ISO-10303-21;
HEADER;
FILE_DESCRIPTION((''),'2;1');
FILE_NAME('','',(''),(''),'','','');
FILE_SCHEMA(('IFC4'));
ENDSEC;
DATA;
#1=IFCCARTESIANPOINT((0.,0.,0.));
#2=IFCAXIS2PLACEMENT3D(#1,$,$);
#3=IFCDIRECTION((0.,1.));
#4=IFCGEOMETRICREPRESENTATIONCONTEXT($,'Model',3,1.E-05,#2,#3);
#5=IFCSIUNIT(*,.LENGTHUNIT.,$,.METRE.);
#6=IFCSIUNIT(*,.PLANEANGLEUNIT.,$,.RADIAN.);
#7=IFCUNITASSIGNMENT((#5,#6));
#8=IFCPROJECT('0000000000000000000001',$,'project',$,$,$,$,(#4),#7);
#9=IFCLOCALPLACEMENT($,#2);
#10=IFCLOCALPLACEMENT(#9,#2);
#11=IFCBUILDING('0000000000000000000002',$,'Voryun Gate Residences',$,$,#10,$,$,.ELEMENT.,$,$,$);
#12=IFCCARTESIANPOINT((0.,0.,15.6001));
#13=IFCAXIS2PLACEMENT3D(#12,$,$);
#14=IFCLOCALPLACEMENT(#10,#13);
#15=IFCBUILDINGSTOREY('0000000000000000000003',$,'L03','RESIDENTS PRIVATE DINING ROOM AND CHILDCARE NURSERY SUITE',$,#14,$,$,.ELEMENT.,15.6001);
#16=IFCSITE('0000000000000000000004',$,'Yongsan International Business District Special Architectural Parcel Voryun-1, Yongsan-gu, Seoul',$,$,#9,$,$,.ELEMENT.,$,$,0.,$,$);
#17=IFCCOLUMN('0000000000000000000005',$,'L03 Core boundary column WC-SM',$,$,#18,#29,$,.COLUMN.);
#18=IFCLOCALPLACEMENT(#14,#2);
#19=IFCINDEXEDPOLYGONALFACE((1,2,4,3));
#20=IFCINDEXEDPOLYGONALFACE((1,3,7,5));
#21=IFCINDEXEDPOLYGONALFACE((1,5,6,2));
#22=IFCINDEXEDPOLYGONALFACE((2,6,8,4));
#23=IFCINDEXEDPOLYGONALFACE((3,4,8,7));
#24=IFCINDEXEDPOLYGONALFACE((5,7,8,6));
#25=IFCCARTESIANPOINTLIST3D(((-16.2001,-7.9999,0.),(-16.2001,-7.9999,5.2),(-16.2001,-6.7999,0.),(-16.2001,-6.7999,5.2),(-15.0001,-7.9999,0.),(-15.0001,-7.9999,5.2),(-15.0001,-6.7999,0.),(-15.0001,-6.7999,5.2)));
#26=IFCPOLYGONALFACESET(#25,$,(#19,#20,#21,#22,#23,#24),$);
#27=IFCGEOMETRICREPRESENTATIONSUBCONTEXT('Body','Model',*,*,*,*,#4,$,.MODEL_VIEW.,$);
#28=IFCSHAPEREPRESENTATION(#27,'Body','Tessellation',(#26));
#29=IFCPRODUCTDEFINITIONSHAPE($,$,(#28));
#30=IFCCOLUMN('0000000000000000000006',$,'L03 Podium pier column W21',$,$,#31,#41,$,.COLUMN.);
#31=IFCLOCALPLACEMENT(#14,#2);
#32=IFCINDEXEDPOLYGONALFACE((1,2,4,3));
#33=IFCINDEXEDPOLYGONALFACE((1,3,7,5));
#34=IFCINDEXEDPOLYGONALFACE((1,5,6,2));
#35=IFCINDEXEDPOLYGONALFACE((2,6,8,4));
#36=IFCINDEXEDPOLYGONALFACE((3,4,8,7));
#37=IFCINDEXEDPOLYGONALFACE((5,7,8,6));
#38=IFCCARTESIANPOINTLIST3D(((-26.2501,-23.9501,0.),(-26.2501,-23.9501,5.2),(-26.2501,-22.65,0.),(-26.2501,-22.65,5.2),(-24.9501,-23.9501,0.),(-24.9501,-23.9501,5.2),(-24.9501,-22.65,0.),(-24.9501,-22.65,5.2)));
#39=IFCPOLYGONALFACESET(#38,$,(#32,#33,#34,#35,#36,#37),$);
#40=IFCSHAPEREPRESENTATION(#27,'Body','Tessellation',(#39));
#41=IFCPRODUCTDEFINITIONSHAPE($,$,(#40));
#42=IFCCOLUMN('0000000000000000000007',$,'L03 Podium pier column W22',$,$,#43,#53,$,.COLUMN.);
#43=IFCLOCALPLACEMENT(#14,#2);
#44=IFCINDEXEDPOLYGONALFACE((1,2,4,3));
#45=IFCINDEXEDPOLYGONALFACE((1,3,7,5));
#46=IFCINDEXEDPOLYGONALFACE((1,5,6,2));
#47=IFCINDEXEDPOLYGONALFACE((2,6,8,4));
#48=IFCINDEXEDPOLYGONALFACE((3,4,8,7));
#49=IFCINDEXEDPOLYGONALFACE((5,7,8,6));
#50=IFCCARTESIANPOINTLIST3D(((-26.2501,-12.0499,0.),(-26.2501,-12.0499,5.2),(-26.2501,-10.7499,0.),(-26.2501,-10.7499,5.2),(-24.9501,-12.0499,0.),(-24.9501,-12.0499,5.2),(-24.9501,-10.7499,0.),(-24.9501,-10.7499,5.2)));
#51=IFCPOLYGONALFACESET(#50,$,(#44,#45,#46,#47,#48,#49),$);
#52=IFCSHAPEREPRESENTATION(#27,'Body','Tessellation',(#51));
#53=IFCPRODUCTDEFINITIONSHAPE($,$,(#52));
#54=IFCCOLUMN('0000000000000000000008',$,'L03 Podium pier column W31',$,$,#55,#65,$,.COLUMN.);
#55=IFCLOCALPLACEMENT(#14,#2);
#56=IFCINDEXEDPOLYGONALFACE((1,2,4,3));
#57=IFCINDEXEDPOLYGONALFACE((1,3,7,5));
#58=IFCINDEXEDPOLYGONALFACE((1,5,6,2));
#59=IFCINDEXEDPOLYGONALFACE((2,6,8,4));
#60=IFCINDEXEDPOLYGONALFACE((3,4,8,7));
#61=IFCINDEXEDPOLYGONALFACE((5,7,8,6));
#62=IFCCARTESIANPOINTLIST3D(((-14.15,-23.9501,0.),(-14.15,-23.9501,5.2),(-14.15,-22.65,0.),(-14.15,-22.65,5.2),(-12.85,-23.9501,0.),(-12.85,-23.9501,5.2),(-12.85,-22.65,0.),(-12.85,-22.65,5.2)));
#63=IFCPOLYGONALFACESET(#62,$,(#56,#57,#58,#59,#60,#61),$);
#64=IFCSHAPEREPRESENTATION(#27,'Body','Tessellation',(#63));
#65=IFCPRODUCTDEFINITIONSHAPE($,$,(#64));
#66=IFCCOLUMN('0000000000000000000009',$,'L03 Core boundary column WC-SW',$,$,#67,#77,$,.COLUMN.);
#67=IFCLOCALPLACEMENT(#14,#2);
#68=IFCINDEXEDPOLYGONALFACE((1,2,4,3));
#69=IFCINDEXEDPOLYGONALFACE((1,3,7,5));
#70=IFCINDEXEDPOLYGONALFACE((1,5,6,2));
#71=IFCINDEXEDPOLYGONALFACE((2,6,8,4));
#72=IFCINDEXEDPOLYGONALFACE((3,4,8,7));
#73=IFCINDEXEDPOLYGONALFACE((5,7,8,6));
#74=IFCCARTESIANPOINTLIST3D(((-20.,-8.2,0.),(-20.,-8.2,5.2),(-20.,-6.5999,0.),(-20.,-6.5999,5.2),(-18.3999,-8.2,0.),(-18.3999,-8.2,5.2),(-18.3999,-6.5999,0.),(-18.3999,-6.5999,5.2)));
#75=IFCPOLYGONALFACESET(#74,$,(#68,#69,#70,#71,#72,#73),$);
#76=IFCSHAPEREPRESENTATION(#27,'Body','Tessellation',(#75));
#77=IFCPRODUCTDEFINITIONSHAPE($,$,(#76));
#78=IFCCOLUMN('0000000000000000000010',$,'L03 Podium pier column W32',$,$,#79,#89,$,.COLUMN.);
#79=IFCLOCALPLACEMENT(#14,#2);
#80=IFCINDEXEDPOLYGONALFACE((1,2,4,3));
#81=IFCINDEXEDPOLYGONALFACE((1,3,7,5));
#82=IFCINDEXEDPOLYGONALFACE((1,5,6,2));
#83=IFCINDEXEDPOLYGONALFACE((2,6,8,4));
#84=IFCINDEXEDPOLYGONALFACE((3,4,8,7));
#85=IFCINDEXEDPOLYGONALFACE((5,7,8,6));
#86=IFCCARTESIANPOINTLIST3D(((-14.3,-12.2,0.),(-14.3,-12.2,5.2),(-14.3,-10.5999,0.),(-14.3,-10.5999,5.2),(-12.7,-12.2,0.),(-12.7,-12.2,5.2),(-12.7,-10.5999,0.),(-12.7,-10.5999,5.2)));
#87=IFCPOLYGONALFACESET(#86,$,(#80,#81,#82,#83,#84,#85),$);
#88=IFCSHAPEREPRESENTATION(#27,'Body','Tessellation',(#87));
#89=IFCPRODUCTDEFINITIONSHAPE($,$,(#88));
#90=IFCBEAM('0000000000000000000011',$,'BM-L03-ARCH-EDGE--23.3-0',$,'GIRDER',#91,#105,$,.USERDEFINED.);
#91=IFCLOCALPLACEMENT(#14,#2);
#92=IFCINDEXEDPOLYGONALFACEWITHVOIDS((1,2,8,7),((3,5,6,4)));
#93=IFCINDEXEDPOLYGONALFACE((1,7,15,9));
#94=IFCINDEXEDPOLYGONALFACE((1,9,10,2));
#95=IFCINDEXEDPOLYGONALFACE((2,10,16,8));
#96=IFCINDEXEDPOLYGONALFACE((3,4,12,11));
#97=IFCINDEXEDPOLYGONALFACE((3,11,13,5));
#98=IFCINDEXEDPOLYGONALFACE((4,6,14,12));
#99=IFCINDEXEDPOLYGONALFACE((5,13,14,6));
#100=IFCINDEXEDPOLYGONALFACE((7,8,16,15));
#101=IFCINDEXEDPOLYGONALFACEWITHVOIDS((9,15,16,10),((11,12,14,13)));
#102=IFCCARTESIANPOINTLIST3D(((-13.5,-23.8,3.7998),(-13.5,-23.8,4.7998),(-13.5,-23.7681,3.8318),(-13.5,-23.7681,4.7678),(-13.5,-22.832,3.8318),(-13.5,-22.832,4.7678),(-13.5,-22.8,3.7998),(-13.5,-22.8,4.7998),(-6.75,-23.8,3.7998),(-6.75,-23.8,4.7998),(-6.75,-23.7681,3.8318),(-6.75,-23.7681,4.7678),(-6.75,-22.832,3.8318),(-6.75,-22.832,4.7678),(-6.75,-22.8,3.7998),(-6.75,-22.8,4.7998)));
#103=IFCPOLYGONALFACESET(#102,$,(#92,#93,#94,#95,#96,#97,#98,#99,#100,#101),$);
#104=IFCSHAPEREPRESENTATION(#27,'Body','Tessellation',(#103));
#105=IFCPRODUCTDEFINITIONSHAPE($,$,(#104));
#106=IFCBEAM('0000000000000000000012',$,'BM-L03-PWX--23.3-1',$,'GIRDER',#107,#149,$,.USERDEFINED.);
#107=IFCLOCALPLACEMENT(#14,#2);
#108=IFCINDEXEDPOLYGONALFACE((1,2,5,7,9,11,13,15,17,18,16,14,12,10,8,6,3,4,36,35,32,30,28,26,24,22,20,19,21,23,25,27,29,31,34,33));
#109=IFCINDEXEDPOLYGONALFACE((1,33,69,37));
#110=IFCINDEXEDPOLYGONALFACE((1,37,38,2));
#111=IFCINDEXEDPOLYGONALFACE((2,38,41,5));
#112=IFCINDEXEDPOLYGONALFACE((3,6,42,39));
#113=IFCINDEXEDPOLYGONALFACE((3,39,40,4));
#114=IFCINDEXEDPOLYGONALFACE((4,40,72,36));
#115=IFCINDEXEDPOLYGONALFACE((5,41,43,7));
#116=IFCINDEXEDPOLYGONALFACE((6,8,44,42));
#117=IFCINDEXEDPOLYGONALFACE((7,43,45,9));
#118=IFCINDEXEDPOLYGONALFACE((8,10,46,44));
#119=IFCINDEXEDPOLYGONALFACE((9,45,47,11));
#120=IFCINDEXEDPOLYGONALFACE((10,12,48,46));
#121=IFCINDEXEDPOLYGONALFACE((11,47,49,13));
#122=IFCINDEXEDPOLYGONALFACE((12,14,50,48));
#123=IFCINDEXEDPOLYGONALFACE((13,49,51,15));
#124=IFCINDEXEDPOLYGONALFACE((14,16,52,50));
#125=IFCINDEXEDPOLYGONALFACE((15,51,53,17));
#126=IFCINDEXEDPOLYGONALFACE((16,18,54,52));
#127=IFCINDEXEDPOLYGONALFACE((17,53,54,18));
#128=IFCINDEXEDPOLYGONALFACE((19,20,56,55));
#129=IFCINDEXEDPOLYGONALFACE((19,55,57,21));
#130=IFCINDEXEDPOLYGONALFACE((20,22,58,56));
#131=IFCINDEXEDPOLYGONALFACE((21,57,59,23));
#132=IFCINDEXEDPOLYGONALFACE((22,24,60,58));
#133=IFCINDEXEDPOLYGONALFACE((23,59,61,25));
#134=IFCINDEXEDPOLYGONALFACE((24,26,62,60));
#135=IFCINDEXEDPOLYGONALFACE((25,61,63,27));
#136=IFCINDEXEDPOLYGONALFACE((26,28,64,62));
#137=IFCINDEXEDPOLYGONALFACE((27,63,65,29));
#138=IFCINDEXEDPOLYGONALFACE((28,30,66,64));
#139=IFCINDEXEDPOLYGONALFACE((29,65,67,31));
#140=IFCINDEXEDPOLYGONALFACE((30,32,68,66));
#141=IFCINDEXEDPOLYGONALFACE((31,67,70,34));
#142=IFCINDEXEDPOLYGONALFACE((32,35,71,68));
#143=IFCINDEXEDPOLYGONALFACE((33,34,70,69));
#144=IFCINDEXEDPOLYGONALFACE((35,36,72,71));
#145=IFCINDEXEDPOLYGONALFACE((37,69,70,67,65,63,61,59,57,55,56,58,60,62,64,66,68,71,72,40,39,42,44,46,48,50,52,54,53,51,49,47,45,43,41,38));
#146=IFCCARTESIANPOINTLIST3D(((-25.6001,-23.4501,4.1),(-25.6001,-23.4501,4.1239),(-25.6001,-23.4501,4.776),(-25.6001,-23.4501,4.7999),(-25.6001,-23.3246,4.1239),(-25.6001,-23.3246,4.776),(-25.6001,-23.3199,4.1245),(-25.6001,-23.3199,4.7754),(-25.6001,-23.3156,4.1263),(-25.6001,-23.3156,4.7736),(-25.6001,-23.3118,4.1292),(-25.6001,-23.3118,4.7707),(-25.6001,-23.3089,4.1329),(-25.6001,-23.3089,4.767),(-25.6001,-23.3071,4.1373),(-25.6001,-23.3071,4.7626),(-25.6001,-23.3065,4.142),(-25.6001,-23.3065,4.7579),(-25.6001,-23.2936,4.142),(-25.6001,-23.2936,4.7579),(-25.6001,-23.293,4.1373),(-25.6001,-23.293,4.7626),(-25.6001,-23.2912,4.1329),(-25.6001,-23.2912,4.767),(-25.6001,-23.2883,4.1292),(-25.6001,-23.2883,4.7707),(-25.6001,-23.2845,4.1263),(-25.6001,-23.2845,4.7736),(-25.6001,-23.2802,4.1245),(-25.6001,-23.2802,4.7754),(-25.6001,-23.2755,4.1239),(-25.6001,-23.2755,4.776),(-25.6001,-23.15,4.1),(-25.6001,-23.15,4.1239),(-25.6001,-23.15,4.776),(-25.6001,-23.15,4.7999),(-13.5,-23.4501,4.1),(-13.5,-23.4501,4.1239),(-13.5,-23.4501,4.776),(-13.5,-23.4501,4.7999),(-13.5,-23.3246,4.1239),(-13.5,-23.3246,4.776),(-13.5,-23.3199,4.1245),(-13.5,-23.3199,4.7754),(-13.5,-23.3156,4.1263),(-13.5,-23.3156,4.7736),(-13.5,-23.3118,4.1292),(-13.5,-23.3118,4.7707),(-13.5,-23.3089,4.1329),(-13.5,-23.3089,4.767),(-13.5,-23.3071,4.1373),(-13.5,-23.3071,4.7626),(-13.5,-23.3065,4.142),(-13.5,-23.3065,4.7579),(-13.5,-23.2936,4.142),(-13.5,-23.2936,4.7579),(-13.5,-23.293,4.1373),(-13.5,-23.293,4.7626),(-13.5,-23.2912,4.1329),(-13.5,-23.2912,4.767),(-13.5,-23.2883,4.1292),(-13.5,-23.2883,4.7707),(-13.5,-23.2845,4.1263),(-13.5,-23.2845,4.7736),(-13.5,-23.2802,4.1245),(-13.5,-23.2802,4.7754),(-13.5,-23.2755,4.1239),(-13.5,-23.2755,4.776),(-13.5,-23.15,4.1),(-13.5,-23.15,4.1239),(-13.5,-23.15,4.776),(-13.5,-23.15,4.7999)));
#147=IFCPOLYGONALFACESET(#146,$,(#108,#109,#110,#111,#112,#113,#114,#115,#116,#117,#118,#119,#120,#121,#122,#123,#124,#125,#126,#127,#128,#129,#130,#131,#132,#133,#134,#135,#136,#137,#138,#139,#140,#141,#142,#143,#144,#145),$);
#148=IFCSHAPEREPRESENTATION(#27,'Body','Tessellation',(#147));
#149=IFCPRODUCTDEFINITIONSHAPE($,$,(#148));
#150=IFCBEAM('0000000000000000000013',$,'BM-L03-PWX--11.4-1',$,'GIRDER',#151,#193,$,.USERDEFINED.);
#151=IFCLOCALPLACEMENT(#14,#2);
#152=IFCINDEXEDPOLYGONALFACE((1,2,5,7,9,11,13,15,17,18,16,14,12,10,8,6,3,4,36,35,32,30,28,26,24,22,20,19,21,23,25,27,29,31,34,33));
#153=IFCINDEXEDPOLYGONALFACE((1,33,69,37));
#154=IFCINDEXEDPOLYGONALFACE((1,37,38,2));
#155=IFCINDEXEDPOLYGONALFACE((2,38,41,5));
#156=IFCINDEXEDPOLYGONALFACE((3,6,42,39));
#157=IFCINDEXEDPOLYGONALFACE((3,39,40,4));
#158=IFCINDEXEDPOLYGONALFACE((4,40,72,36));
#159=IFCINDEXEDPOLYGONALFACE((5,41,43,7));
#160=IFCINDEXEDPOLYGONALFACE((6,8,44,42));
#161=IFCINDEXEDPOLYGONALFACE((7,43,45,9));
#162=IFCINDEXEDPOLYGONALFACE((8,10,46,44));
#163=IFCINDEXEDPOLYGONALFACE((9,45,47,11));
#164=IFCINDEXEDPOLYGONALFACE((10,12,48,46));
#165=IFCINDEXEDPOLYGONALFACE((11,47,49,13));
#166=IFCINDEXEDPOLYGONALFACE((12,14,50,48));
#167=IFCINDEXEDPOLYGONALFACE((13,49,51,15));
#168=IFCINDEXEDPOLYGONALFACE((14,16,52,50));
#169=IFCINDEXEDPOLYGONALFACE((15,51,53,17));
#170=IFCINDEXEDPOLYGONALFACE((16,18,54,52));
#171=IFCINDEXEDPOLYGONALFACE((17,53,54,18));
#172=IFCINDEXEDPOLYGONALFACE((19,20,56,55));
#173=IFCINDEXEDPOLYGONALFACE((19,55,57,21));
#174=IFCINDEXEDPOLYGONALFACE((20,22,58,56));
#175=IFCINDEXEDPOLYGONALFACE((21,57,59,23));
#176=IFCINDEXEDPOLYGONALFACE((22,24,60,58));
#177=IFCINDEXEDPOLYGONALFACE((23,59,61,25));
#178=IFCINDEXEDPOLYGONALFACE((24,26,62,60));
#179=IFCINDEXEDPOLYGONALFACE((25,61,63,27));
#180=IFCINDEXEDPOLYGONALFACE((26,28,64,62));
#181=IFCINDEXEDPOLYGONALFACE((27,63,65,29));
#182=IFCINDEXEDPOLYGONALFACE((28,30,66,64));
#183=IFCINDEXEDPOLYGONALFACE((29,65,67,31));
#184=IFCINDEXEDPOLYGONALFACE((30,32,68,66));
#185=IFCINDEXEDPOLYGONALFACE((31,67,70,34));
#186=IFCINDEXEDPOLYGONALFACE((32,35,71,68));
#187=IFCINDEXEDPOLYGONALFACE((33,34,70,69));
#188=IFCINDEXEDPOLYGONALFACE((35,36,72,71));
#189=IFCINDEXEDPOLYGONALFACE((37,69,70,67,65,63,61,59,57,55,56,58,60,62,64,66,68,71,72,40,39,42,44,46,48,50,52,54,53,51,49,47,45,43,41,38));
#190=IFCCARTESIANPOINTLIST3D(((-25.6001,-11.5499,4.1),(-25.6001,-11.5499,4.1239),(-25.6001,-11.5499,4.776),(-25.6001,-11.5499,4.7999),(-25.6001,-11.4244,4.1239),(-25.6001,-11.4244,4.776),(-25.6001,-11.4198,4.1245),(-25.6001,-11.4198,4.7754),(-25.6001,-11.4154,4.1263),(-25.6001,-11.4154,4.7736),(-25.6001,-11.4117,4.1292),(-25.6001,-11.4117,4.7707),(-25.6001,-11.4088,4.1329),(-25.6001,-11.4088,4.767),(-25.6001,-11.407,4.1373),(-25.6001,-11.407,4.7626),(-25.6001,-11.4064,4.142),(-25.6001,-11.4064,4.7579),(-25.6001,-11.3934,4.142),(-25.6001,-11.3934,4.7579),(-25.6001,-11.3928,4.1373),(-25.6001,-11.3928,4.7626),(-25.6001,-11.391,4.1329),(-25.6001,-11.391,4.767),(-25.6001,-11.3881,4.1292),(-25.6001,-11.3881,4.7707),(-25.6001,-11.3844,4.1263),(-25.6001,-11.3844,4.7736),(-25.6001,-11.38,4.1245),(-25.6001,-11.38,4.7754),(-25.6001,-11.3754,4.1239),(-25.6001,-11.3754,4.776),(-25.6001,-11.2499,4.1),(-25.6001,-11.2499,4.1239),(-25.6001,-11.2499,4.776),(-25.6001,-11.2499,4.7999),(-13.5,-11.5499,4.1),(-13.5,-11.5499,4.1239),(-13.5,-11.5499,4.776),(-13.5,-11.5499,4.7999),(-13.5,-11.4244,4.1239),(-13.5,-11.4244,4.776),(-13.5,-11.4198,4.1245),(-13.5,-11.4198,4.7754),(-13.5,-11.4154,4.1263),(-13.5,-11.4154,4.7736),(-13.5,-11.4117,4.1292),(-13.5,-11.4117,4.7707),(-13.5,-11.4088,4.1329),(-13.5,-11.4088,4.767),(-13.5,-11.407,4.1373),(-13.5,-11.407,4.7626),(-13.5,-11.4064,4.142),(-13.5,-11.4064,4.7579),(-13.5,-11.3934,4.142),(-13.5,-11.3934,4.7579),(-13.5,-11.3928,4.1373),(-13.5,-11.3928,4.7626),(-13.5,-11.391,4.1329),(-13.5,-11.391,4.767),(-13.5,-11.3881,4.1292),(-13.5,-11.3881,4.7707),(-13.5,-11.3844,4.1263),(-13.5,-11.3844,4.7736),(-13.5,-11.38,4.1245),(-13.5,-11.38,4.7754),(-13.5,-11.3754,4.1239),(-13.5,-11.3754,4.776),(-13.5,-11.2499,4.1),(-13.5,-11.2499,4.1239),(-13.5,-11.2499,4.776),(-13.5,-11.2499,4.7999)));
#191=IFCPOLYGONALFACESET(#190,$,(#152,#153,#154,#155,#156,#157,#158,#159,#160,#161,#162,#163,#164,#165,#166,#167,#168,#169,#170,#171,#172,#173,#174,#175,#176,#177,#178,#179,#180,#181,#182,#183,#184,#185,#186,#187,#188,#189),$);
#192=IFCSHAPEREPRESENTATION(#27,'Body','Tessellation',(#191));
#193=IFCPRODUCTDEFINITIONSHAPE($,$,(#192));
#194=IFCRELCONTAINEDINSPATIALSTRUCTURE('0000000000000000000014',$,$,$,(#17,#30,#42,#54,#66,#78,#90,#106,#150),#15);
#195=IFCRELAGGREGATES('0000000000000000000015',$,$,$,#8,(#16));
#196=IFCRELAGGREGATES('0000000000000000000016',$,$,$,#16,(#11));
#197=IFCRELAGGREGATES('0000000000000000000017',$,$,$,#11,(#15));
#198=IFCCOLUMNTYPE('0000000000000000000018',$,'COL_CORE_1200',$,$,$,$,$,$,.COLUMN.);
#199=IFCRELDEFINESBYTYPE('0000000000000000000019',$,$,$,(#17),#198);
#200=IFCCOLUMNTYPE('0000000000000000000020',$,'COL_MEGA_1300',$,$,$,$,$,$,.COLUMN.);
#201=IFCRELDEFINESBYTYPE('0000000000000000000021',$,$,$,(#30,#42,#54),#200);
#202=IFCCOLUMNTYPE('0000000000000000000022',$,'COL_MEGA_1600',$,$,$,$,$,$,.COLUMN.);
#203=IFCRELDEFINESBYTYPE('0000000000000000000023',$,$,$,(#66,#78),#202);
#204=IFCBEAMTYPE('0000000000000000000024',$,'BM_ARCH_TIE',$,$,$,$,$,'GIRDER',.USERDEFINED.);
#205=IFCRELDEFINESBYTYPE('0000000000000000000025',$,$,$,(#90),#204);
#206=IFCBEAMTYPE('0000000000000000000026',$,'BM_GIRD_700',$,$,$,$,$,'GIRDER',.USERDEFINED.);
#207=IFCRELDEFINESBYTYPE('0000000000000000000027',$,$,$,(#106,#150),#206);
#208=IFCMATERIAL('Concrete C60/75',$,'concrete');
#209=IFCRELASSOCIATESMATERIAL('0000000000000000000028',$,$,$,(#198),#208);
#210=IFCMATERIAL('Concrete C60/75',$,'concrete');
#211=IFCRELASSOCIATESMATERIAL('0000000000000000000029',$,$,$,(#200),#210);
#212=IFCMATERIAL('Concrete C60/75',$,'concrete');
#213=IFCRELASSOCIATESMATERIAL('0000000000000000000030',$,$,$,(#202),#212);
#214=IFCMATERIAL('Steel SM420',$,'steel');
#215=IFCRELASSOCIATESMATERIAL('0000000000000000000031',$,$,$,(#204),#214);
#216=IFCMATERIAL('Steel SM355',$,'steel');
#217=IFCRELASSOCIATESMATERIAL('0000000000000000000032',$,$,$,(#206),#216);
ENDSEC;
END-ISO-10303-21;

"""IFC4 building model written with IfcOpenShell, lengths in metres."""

from ifc_helpers import new_model, si_unit, direction, frame, origin, origin_2d, place, context, subcontext, project, spatial, rectangle, hollow_rectangle, i_section, extrude, material, material_profile, profile_set, type_object, element, save


model = new_model("IFC4")

# Units and contexts
model_context = context("Model", 3, precision=1e-05, world=origin(), true_north=direction((0.0, 1.0)))
body_context = subcontext(model_context, "Body", "Model", "MODEL_VIEW")
ifc_project = project(units=[si_unit("LENGTHUNIT", "METRE"), si_unit("PLANEANGLEUNIT", "RADIAN")], contexts=[model_context])

# Site, building, storey
site_placement = place(None, origin())
site = spatial("IfcSite", under=ifc_project, at=site_placement, Name="Yongsan International Business District Special Architectural Parcel Voryun-1, Yongsan-gu, Seoul", CompositionType="ELEMENT", RefElevation=0.0)
building_placement = place(site_placement, origin())
building = spatial("IfcBuilding", under=site, at=building_placement, Name="Voryun Gate Residences", CompositionType="ELEMENT")
storey_placement = place(building_placement, frame((0.0, 0.0, 15.6001)))
storey = spatial("IfcBuildingStorey", under=building, at=storey_placement, Name="L03", Description="RESIDENTS PRIVATE DINING ROOM AND CHILDCARE NURSERY SUITE", CompositionType="ELEMENT", Elevation=15.6001)

# Columns
ifc_material_1 = material(Name="Concrete C60/75", Category="concrete")
ifc_material_profile_1 = material_profile(ifc_material_1, rectangle(XDim=1.2, YDim=1.2, at=origin_2d()), Name="RC-1200x1200")
ifc_profile_set_1 = profile_set([ifc_material_profile_1], Name="Concrete C60/75")
column_type_1 = type_object("IfcColumnType", Name="COL_CORE_1200", PredefinedType="COLUMN", material=ifc_profile_set_1)
column_placement = place(storey_placement, frame((-15.6001, -7.3999, 0.0), z_axis=(0.0, 0.0, 1.0), x_axis=(1.0, 0.0, 0.0)))
element("IfcColumn", 1, at=column_placement, inside=storey, type_object=column_type_1, Name="L03 Core boundary column WC-SM", PredefinedType="COLUMN", context=body_context, shape_type="SweptSolid", body=[
    extrude(rectangle(XDim=1.2, YDim=1.2, at=origin_2d()), origin(), (0.0, 0.0, 1.0), 5.2),
])
ifc_material_2 = material(Name="Concrete C60/75", Category="concrete")
ifc_material_profile_2 = material_profile(ifc_material_2, rectangle(XDim=1.3, YDim=1.3, at=origin_2d()), Name="RC-1300x1300")
ifc_profile_set_2 = profile_set([ifc_material_profile_2], Name="Concrete C60/75")
column_type_2 = type_object("IfcColumnType", Name="COL_MEGA_1300", PredefinedType="COLUMN", material=ifc_profile_set_2)
for number, where, z_axis, x_axis, name in (
    (2, (-25.6001, -23.3, 0.0), (0.0, 0.0, 1.0), (1.0, 0.0, 0.0), "L03 Podium pier column W21"),
    (3, (-25.6001, -11.3999, 0.0), (0.0, 0.0, 1.0), (1.0, 0.0, 0.0), "L03 Podium pier column W22"),
    (4, (-13.5, -23.3, 0.0), (0.0, 0.0, 1.0), (1.0, 0.0, 0.0), "L03 Podium pier column W31"),
):
    element("IfcColumn", number, at=place(storey_placement, frame(where, z_axis=z_axis, x_axis=x_axis)), inside=storey, type_object=column_type_2, Name=name, PredefinedType="COLUMN", context=body_context, shape_type="SweptSolid", body=[
        extrude(rectangle(XDim=1.3, YDim=1.3, at=origin_2d()), origin(), (0.0, 0.0, 1.0), 5.2),
    ])
ifc_material_3 = material(Name="Concrete C60/75", Category="concrete")
ifc_material_profile_3 = material_profile(ifc_material_3, rectangle(XDim=1.6001, YDim=1.6001, at=origin_2d()), Name="RC-1600x1600")
ifc_profile_set_3 = profile_set([ifc_material_profile_3], Name="Concrete C60/75")
column_type_3 = type_object("IfcColumnType", Name="COL_MEGA_1600", PredefinedType="COLUMN", material=ifc_profile_set_3)
for number, where, z_axis, x_axis, name in (
    (5, (-19.2, -7.3999, 0.0), (0.0, 0.0, 1.0), (1.0, 0.0, 0.0), "L03 Core boundary column WC-SW"),
    (6, (-13.5, -11.3999, 0.0), (0.0, 0.0, 1.0), (1.0, 0.0, 0.0), "L03 Podium pier column W32"),
):
    element("IfcColumn", number, at=place(storey_placement, frame(where, z_axis=z_axis, x_axis=x_axis)), inside=storey, type_object=column_type_3, Name=name, PredefinedType="COLUMN", context=body_context, shape_type="SweptSolid", body=[
        extrude(rectangle(XDim=1.6001, YDim=1.6001, at=origin_2d()), origin(), (0.0, 0.0, 1.0), 5.2),
    ])

# Beams
ifc_material_4 = material(Name="Steel SM420", Category="steel")
ifc_material_profile_4 = material_profile(ifc_material_4, hollow_rectangle(XDim=1.0, YDim=1.0, WallThickness=0.032, at=origin_2d()), Name="BOX-1000x1000x32")
ifc_profile_set_4 = profile_set([ifc_material_profile_4], Name="Steel SM420")
beam_type_1 = type_object("IfcBeamType", Name="BM_ARCH_TIE", ElementType="GIRDER", PredefinedType="USERDEFINED", material=ifc_profile_set_4)
beam_1_placement = place(storey_placement, frame((-13.5, -23.3, 4.2998), z_axis=(1.0, 0.0, 0.0), x_axis=(0.0, 1.0, 0.0)))
element("IfcBeam", 7, at=beam_1_placement, inside=storey, type_object=beam_type_1, Name="BM-L03-ARCH-EDGE--23.3-0", ObjectType="GIRDER", PredefinedType="USERDEFINED", context=body_context, shape_type="SweptSolid", body=[
    extrude(hollow_rectangle(XDim=1.0, YDim=1.0, WallThickness=0.032, at=origin_2d()), origin(), (0.0, 0.0, 1.0), 6.75),
])
ifc_material_5 = material(Name="Steel SM355", Category="steel")
ifc_material_profile_5 = material_profile(ifc_material_5, i_section(OverallWidth=0.3, OverallDepth=0.7, WebThickness=0.0129, FlangeThickness=0.0239, FilletRadius=0.0181, at=origin_2d()), Name="H-700x300x13x24")
ifc_profile_set_5 = profile_set([ifc_material_profile_5], Name="Steel SM355")
beam_type_2 = type_object("IfcBeamType", Name="BM_GIRD_700", ElementType="GIRDER", PredefinedType="USERDEFINED", material=ifc_profile_set_5)
for number, where, z_axis, x_axis, name in (
    (8, (-25.6001, -23.3, 4.45), (1.0, 0.0, 0.0), (0.0, 1.0, 0.0), "BM-L03-PWX--23.3-1"),
    (9, (-25.6001, -11.3999, 4.45), (1.0, 0.0, 0.0), (0.0, 1.0, 0.0), "BM-L03-PWX--11.4-1"),
):
    element("IfcBeam", number, at=place(storey_placement, frame(where, z_axis=z_axis, x_axis=x_axis)), inside=storey, type_object=beam_type_2, Name=name, ObjectType="GIRDER", PredefinedType="USERDEFINED", context=body_context, shape_type="SweptSolid", body=[
        extrude(i_section(OverallWidth=0.3, OverallDepth=0.7, WebThickness=0.0129, FlangeThickness=0.0239, FilletRadius=0.0181, at=origin_2d()), origin(), (0.0, 0.0, 1.0), 12.1001),
    ])

save(model, "model.ifc")
